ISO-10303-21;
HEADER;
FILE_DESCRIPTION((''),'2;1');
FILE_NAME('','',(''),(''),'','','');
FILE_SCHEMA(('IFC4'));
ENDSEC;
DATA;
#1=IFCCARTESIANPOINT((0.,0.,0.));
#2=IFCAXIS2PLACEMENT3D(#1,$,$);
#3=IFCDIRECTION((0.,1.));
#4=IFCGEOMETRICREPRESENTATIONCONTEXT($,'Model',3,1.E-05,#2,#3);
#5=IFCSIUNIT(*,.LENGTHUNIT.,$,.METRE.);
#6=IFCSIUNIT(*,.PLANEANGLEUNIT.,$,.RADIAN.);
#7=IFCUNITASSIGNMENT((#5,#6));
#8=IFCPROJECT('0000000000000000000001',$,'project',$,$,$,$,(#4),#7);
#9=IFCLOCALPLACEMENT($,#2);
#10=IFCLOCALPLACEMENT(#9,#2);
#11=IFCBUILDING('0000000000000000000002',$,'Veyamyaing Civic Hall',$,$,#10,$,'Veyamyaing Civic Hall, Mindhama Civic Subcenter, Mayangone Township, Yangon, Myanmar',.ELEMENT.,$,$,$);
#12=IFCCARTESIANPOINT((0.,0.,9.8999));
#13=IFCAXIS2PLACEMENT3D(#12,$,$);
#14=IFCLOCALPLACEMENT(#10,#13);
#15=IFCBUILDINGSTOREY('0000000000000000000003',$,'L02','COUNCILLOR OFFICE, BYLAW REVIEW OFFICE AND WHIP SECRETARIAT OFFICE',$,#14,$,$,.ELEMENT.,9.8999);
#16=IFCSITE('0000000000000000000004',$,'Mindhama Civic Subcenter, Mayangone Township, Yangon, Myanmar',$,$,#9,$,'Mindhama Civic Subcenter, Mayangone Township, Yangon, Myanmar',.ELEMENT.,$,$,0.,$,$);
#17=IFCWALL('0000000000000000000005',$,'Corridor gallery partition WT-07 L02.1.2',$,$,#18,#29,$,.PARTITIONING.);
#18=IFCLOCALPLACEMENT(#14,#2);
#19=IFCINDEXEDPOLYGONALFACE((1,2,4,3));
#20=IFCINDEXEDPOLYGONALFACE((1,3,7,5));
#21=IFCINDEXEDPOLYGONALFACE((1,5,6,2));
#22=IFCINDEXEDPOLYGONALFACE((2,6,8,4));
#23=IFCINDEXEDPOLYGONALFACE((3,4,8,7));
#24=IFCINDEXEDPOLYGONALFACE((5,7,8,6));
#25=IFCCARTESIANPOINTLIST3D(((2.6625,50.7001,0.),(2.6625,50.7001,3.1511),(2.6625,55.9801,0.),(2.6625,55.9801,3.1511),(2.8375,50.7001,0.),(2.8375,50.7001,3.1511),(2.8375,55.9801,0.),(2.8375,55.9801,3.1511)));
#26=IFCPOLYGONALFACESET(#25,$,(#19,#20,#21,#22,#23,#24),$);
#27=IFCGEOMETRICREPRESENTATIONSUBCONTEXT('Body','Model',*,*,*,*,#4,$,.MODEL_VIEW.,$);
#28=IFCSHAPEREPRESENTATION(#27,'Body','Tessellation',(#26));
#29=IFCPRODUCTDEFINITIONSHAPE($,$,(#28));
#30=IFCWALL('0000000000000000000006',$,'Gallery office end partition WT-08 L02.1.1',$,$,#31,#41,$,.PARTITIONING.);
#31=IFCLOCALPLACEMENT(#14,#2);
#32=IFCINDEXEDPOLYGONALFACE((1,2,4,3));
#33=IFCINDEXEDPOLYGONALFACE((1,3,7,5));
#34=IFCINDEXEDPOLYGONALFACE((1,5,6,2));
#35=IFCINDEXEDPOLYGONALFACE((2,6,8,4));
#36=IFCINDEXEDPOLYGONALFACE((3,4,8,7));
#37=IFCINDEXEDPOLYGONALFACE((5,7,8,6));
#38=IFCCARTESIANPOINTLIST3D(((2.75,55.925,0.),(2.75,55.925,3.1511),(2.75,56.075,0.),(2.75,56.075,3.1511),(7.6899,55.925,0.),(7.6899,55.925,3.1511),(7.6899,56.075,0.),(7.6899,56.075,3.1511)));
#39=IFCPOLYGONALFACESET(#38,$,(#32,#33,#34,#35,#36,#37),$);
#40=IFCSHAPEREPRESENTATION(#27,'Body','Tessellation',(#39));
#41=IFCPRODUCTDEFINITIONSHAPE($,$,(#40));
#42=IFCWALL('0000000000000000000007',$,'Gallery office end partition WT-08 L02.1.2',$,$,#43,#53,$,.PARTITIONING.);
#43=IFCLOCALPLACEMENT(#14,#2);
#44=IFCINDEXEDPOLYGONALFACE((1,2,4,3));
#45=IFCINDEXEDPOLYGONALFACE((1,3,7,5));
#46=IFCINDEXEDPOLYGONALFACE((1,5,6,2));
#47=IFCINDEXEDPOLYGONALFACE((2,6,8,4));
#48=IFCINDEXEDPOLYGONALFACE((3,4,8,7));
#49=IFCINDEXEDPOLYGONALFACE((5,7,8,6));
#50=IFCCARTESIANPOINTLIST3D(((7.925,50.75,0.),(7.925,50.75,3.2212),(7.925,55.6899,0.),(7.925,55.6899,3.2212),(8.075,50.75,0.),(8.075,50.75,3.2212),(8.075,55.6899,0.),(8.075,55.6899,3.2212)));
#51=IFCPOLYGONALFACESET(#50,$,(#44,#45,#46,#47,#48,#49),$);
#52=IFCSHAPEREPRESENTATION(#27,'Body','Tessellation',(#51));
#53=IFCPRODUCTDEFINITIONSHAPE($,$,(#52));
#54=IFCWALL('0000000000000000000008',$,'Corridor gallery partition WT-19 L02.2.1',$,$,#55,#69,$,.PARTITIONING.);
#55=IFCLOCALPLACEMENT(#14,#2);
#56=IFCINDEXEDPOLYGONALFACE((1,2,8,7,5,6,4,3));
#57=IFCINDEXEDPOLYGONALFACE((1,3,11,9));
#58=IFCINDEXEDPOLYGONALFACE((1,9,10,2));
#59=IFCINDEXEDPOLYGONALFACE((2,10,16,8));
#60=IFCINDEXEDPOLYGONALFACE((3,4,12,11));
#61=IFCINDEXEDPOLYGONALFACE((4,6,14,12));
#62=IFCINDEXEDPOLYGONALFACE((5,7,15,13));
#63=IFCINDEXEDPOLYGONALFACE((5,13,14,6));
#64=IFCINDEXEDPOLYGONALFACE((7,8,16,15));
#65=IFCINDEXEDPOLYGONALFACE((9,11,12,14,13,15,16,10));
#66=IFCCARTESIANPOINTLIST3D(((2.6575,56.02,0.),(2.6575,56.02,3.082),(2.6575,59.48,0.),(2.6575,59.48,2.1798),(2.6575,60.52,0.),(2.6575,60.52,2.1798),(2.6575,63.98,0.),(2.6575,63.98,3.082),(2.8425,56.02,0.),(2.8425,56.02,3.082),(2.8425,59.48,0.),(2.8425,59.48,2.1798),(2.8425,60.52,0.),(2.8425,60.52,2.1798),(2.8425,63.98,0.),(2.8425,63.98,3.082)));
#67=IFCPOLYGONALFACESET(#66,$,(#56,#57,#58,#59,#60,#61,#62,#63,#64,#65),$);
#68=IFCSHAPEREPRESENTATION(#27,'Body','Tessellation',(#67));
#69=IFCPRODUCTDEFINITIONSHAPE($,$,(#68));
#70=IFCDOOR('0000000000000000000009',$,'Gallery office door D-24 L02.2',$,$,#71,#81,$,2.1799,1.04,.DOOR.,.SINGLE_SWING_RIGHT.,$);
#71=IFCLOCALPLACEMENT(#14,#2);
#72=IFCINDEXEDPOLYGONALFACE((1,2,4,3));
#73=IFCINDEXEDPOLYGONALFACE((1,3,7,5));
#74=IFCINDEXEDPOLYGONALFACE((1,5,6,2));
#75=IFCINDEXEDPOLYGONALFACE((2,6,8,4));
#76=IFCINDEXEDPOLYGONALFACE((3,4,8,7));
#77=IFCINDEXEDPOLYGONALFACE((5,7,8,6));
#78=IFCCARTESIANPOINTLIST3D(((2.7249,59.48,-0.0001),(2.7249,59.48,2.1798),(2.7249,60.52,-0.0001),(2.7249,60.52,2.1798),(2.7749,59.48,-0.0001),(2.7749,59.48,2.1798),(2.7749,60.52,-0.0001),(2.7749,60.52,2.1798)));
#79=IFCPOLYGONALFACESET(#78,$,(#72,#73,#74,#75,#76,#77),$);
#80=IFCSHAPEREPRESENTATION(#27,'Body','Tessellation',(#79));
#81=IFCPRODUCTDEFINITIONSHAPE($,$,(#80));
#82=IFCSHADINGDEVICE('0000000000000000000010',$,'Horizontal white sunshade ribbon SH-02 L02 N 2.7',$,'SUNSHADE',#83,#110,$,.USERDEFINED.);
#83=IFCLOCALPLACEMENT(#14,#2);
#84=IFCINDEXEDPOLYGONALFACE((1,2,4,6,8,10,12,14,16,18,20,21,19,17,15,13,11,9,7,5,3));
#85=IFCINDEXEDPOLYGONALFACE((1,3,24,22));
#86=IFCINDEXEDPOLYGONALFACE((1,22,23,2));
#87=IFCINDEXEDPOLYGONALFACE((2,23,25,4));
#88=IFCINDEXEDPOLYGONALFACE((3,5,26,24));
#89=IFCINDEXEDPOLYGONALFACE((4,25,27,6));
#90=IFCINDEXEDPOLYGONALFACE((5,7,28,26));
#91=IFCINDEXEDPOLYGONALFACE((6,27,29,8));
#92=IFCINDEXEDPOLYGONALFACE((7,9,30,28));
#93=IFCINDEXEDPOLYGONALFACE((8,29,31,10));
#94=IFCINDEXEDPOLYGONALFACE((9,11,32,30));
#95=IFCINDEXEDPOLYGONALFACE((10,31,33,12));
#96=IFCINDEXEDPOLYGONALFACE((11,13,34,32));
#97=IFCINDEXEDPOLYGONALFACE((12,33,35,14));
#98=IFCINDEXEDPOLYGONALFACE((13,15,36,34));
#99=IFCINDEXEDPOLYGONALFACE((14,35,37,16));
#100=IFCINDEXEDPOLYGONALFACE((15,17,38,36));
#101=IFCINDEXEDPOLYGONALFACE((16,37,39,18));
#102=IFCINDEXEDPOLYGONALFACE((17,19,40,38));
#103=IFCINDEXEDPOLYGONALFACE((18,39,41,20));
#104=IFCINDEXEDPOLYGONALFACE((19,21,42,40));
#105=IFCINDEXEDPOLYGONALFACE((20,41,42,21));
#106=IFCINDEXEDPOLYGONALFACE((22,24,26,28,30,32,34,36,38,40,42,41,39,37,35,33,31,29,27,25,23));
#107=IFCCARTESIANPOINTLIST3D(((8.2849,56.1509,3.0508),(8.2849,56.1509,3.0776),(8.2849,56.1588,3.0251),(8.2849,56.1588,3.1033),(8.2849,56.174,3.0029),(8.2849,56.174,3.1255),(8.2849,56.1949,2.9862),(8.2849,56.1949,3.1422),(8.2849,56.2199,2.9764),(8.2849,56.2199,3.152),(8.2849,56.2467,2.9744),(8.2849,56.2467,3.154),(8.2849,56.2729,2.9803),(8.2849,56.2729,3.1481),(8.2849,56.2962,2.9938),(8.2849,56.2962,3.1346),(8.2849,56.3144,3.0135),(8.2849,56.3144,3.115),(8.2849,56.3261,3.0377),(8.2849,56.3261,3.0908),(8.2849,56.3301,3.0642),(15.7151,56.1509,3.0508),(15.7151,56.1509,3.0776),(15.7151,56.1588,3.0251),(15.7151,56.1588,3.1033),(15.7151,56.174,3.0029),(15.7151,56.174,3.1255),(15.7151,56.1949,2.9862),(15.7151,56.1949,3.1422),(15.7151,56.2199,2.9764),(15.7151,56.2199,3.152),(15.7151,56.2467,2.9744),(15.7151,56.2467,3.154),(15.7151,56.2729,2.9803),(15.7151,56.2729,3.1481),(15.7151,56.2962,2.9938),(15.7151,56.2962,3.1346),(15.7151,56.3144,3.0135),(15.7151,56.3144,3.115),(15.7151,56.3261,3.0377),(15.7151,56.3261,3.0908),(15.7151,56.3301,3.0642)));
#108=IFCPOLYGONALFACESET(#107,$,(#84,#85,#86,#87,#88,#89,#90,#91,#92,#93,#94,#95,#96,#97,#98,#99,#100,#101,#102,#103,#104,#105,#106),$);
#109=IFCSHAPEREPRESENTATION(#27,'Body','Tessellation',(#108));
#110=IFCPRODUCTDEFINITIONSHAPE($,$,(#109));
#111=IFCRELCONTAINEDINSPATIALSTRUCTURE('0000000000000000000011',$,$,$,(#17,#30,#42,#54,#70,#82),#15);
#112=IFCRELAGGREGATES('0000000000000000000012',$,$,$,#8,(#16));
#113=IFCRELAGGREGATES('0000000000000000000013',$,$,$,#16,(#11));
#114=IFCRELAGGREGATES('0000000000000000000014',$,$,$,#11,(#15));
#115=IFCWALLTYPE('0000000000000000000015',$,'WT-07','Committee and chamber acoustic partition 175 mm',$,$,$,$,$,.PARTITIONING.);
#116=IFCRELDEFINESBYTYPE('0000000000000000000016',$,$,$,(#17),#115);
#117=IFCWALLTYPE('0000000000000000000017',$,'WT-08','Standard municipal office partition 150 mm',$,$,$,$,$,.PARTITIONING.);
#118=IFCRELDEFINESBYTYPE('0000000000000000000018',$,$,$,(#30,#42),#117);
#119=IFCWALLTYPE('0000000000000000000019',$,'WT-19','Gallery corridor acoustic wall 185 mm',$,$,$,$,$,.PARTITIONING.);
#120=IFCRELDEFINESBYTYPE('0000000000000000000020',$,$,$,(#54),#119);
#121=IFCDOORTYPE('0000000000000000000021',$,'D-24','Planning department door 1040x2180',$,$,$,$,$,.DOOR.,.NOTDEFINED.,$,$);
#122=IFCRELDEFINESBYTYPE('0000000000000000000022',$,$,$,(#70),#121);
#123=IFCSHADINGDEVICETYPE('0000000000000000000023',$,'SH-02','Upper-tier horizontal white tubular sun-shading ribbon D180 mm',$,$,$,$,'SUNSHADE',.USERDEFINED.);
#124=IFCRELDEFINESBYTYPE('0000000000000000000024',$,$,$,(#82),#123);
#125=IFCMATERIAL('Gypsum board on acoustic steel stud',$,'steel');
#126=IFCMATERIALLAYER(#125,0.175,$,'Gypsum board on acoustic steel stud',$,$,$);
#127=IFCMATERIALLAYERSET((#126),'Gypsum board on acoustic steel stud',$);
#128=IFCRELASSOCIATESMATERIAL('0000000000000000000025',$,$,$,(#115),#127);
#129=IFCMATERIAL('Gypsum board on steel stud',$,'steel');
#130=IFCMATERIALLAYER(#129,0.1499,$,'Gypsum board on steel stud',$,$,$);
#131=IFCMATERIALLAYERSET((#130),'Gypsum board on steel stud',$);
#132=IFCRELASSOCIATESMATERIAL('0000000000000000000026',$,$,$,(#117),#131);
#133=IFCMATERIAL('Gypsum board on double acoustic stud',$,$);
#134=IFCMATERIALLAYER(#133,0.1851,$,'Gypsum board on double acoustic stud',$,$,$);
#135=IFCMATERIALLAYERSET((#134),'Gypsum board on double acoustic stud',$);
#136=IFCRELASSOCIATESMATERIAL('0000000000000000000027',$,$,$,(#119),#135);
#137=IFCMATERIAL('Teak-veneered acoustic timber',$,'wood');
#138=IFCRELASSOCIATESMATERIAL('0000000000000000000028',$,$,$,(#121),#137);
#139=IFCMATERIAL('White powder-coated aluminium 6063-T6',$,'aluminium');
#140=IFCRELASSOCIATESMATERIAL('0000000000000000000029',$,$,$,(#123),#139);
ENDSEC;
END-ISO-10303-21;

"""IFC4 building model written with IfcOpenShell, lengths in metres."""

from ifc_helpers import new_model, si_unit, direction, frame, frame_2d, origin, origin_2d, place, context, subcontext, project, spatial, rectangle, circle, extrude, material, layer, layer_set, material_profile, profile_set, type_object, element, fill, save


model = new_model("IFC4")

# Units and contexts
model_context = context("Model", 3, precision=1e-05, world=origin(), true_north=direction((0.0, 1.0)))
body_context = subcontext(model_context, "Body", "Model", "MODEL_VIEW")
ifc_project = project(units=[si_unit("LENGTHUNIT", "METRE"), si_unit("PLANEANGLEUNIT", "RADIAN")], contexts=[model_context])

# Site, building, storey
site_placement = place(None, origin())
site = spatial("IfcSite", under=ifc_project, at=site_placement, Name="Mindhama Civic Subcenter, Mayangone Township, Yangon, Myanmar", LongName="Mindhama Civic Subcenter, Mayangone Township, Yangon, Myanmar", CompositionType="ELEMENT", RefElevation=0.0)
building_placement = place(site_placement, origin())
building = spatial("IfcBuilding", under=site, at=building_placement, Name="Veyamyaing Civic Hall", LongName="Veyamyaing Civic Hall, Mindhama Civic Subcenter, Mayangone Township, Yangon, Myanmar", CompositionType="ELEMENT")
storey_placement = place(building_placement, frame((0.0, 0.0, 9.8999)))
storey = spatial("IfcBuildingStorey", under=building, at=storey_placement, Name="L02", Description="COUNCILLOR OFFICE, BYLAW REVIEW OFFICE AND WHIP SECRETARIAT OFFICE", CompositionType="ELEMENT", Elevation=9.8999)

# Shared definitions
ifc_material_1 = material(Name="Gypsum board on acoustic steel stud", Category="steel")
ifc_layer_1 = layer(ifc_material_1, 0.175, Name="Gypsum board on acoustic steel stud")
ifc_layer_set_1 = layer_set([ifc_layer_1], Name="Gypsum board on acoustic steel stud")
wall_type_1 = type_object("IfcWallType", Name="WT-07", Description="Committee and chamber acoustic partition 175 mm", PredefinedType="PARTITIONING", material=ifc_layer_set_1)
ifc_material_2 = material(Name="Teak-veneered acoustic timber", Category="wood")

# Walls
wall_1_placement = place(storey_placement, frame((2.75, 50.7, 0.0), z_axis=(0.0, 0.0, 1.0), x_axis=(0.0, 1.0, 0.0)))
element("IfcWall", 1, at=wall_1_placement, inside=storey, type_object=wall_type_1, Name="Corridor gallery partition WT-07 L02.1.2", PredefinedType="PARTITIONING", context=body_context, shape_type="SweptSolid", body=[
    extrude(rectangle(XDim=5.28, YDim=0.175, at=frame_2d((2.6401, 0.0))), origin(), (0.0, 0.0, 1.0), 3.1511),
])
ifc_material_3 = material(Name="Gypsum board on steel stud", Category="steel")
ifc_layer_2 = layer(ifc_material_3, 0.1499, Name="Gypsum board on steel stud")
ifc_layer_set_2 = layer_set([ifc_layer_2], Name="Gypsum board on steel stud")
wall_type_2 = type_object("IfcWallType", Name="WT-08", Description="Standard municipal office partition 150 mm", PredefinedType="PARTITIONING", material=ifc_layer_set_2)
wall_2_placement = place(storey_placement, frame((2.75, 56.0, 0.0), z_axis=(0.0, 0.0, 1.0), x_axis=(1.0, 0.0, 0.0)))
element("IfcWall", 2, at=wall_2_placement, inside=storey, type_object=wall_type_2, Name="Gallery office end partition WT-08 L02.1.1", PredefinedType="PARTITIONING", context=body_context, shape_type="SweptSolid", body=[
    extrude(rectangle(XDim=4.9399, YDim=0.1499, at=frame_2d((2.47, 0.0))), origin(), (0.0, 0.0, 1.0), 3.1511),
])
wall_3_placement = place(storey_placement, frame((8.0, 50.75, 0.0), z_axis=(0.0, 0.0, 1.0), x_axis=(0.0, 1.0, 0.0)))
element("IfcWall", 3, at=wall_3_placement, inside=storey, type_object=wall_type_2, Name="Gallery office end partition WT-08 L02.1.2", PredefinedType="PARTITIONING", context=body_context, shape_type="SweptSolid", body=[
    extrude(rectangle(XDim=4.9399, YDim=0.1499, at=frame_2d((2.47, 0.0))), origin(), (0.0, 0.0, 1.0), 3.2212),
])

# Wall, opening, door
ifc_material_4 = material(Name="Gypsum board on double acoustic stud")
ifc_layer_3 = layer(ifc_material_4, 0.1851, Name="Gypsum board on double acoustic stud")
ifc_layer_set_3 = layer_set([ifc_layer_3], Name="Gypsum board on double acoustic stud")
wall_type_3 = type_object("IfcWallType", Name="WT-19", Description="Gallery corridor acoustic wall 185 mm", PredefinedType="PARTITIONING", material=ifc_layer_set_3)
wall_4_placement = place(storey_placement, frame((2.75, 56.02, 0.0), z_axis=(0.0, 0.0, 1.0), x_axis=(0.0, 1.0, 0.0)))
wall_4 = element("IfcWall", 4, at=wall_4_placement, inside=storey, type_object=wall_type_3, Name="Corridor gallery partition WT-19 L02.2.1", PredefinedType="PARTITIONING", context=body_context, shape_type="SweptSolid", body=[
    extrude(rectangle(XDim=7.96, YDim=0.1851, at=frame_2d((3.98, 0.0))), origin(), (0.0, 0.0, 1.0), 3.082),
])
opening_1_placement = place(wall_4_placement, frame((3.46, 0.0, 0.0)))
opening_1 = element("IfcOpeningElement", 5, at=opening_1_placement, cuts=wall_4, PredefinedType="OPENING", context=body_context, shape_type="SweptSolid", body=[
    extrude(rectangle(XDim=1.04, YDim=2.1799, at=frame_2d((0.52, 1.0898))), frame((0.0, 0.1025, 0.0), z_axis=(0.0, -1.0, 0.0), x_axis=(1.0, 0.0, 0.0)), (0.0, 0.0, 1.0), 0.2051),
])
door_type_1 = type_object("IfcDoorType", Name="D-24", Description="Planning department door 1040x2180", OperationType="NOTDEFINED", PredefinedType="DOOR", material=ifc_material_2)
door_1_placement = place(opening_1_placement, frame((1.04, 0.0, 0.0), z_axis=(0.0, 0.0, 1.0), x_axis=(-1.0, 0.0, 0.0)))
door_1 = element("IfcDoor", 6, at=door_1_placement, inside=storey, type_object=door_type_1, Name="Gallery office door D-24 L02.2", OperationType="SINGLE_SWING_RIGHT", OverallHeight=2.1799, OverallWidth=1.04, PredefinedType="DOOR", context=body_context, shape_type="SweptSolid", body=[
    extrude(rectangle(XDim=1.04, YDim=2.1799, at=frame_2d((0.52, 1.0898))), frame((0.0, 0.0249, 0.0), z_axis=(0.0, -1.0, 0.0), x_axis=(1.0, 0.0, 0.0)), (0.0, 0.0, 1.0), 0.05),
])
fill(opening_1, door_1)

# Shading device
ifc_material_5 = material(Name="White powder-coated aluminium 6063-T6", Category="aluminium")
ifc_material_profile_1 = material_profile(ifc_material_5, circle(Radius=0.0901, at=origin_2d()), Name="SHADE-TUBE-180")
ifc_profile_set_1 = profile_set([ifc_material_profile_1], Name="White powder-coated aluminium 6063-T6")
shading_device_type = type_object("IfcShadingDeviceType", Name="SH-02", Description="Upper-tier horizontal white tubular sun-shading ribbon D180 mm", ElementType="SUNSHADE", PredefinedType="USERDEFINED", material=ifc_profile_set_1)
shading_device_placement = place(storey_placement, frame((8.2849, 56.24, 3.0642), z_axis=(1.0, 0.0, 0.0), x_axis=(0.0, 1.0, 0.0)))
element("IfcShadingDevice", 7, at=shading_device_placement, inside=storey, type_object=shading_device_type, Name="Horizontal white sunshade ribbon SH-02 L02 N 2.7", ObjectType="SUNSHADE", PredefinedType="USERDEFINED", context=body_context, shape_type="SweptSolid", body=[
    extrude(circle(Radius=0.0901, at=origin_2d()), origin(), (0.0, 0.0, 1.0), 7.4302),
])

save(model, "model.ifc")
